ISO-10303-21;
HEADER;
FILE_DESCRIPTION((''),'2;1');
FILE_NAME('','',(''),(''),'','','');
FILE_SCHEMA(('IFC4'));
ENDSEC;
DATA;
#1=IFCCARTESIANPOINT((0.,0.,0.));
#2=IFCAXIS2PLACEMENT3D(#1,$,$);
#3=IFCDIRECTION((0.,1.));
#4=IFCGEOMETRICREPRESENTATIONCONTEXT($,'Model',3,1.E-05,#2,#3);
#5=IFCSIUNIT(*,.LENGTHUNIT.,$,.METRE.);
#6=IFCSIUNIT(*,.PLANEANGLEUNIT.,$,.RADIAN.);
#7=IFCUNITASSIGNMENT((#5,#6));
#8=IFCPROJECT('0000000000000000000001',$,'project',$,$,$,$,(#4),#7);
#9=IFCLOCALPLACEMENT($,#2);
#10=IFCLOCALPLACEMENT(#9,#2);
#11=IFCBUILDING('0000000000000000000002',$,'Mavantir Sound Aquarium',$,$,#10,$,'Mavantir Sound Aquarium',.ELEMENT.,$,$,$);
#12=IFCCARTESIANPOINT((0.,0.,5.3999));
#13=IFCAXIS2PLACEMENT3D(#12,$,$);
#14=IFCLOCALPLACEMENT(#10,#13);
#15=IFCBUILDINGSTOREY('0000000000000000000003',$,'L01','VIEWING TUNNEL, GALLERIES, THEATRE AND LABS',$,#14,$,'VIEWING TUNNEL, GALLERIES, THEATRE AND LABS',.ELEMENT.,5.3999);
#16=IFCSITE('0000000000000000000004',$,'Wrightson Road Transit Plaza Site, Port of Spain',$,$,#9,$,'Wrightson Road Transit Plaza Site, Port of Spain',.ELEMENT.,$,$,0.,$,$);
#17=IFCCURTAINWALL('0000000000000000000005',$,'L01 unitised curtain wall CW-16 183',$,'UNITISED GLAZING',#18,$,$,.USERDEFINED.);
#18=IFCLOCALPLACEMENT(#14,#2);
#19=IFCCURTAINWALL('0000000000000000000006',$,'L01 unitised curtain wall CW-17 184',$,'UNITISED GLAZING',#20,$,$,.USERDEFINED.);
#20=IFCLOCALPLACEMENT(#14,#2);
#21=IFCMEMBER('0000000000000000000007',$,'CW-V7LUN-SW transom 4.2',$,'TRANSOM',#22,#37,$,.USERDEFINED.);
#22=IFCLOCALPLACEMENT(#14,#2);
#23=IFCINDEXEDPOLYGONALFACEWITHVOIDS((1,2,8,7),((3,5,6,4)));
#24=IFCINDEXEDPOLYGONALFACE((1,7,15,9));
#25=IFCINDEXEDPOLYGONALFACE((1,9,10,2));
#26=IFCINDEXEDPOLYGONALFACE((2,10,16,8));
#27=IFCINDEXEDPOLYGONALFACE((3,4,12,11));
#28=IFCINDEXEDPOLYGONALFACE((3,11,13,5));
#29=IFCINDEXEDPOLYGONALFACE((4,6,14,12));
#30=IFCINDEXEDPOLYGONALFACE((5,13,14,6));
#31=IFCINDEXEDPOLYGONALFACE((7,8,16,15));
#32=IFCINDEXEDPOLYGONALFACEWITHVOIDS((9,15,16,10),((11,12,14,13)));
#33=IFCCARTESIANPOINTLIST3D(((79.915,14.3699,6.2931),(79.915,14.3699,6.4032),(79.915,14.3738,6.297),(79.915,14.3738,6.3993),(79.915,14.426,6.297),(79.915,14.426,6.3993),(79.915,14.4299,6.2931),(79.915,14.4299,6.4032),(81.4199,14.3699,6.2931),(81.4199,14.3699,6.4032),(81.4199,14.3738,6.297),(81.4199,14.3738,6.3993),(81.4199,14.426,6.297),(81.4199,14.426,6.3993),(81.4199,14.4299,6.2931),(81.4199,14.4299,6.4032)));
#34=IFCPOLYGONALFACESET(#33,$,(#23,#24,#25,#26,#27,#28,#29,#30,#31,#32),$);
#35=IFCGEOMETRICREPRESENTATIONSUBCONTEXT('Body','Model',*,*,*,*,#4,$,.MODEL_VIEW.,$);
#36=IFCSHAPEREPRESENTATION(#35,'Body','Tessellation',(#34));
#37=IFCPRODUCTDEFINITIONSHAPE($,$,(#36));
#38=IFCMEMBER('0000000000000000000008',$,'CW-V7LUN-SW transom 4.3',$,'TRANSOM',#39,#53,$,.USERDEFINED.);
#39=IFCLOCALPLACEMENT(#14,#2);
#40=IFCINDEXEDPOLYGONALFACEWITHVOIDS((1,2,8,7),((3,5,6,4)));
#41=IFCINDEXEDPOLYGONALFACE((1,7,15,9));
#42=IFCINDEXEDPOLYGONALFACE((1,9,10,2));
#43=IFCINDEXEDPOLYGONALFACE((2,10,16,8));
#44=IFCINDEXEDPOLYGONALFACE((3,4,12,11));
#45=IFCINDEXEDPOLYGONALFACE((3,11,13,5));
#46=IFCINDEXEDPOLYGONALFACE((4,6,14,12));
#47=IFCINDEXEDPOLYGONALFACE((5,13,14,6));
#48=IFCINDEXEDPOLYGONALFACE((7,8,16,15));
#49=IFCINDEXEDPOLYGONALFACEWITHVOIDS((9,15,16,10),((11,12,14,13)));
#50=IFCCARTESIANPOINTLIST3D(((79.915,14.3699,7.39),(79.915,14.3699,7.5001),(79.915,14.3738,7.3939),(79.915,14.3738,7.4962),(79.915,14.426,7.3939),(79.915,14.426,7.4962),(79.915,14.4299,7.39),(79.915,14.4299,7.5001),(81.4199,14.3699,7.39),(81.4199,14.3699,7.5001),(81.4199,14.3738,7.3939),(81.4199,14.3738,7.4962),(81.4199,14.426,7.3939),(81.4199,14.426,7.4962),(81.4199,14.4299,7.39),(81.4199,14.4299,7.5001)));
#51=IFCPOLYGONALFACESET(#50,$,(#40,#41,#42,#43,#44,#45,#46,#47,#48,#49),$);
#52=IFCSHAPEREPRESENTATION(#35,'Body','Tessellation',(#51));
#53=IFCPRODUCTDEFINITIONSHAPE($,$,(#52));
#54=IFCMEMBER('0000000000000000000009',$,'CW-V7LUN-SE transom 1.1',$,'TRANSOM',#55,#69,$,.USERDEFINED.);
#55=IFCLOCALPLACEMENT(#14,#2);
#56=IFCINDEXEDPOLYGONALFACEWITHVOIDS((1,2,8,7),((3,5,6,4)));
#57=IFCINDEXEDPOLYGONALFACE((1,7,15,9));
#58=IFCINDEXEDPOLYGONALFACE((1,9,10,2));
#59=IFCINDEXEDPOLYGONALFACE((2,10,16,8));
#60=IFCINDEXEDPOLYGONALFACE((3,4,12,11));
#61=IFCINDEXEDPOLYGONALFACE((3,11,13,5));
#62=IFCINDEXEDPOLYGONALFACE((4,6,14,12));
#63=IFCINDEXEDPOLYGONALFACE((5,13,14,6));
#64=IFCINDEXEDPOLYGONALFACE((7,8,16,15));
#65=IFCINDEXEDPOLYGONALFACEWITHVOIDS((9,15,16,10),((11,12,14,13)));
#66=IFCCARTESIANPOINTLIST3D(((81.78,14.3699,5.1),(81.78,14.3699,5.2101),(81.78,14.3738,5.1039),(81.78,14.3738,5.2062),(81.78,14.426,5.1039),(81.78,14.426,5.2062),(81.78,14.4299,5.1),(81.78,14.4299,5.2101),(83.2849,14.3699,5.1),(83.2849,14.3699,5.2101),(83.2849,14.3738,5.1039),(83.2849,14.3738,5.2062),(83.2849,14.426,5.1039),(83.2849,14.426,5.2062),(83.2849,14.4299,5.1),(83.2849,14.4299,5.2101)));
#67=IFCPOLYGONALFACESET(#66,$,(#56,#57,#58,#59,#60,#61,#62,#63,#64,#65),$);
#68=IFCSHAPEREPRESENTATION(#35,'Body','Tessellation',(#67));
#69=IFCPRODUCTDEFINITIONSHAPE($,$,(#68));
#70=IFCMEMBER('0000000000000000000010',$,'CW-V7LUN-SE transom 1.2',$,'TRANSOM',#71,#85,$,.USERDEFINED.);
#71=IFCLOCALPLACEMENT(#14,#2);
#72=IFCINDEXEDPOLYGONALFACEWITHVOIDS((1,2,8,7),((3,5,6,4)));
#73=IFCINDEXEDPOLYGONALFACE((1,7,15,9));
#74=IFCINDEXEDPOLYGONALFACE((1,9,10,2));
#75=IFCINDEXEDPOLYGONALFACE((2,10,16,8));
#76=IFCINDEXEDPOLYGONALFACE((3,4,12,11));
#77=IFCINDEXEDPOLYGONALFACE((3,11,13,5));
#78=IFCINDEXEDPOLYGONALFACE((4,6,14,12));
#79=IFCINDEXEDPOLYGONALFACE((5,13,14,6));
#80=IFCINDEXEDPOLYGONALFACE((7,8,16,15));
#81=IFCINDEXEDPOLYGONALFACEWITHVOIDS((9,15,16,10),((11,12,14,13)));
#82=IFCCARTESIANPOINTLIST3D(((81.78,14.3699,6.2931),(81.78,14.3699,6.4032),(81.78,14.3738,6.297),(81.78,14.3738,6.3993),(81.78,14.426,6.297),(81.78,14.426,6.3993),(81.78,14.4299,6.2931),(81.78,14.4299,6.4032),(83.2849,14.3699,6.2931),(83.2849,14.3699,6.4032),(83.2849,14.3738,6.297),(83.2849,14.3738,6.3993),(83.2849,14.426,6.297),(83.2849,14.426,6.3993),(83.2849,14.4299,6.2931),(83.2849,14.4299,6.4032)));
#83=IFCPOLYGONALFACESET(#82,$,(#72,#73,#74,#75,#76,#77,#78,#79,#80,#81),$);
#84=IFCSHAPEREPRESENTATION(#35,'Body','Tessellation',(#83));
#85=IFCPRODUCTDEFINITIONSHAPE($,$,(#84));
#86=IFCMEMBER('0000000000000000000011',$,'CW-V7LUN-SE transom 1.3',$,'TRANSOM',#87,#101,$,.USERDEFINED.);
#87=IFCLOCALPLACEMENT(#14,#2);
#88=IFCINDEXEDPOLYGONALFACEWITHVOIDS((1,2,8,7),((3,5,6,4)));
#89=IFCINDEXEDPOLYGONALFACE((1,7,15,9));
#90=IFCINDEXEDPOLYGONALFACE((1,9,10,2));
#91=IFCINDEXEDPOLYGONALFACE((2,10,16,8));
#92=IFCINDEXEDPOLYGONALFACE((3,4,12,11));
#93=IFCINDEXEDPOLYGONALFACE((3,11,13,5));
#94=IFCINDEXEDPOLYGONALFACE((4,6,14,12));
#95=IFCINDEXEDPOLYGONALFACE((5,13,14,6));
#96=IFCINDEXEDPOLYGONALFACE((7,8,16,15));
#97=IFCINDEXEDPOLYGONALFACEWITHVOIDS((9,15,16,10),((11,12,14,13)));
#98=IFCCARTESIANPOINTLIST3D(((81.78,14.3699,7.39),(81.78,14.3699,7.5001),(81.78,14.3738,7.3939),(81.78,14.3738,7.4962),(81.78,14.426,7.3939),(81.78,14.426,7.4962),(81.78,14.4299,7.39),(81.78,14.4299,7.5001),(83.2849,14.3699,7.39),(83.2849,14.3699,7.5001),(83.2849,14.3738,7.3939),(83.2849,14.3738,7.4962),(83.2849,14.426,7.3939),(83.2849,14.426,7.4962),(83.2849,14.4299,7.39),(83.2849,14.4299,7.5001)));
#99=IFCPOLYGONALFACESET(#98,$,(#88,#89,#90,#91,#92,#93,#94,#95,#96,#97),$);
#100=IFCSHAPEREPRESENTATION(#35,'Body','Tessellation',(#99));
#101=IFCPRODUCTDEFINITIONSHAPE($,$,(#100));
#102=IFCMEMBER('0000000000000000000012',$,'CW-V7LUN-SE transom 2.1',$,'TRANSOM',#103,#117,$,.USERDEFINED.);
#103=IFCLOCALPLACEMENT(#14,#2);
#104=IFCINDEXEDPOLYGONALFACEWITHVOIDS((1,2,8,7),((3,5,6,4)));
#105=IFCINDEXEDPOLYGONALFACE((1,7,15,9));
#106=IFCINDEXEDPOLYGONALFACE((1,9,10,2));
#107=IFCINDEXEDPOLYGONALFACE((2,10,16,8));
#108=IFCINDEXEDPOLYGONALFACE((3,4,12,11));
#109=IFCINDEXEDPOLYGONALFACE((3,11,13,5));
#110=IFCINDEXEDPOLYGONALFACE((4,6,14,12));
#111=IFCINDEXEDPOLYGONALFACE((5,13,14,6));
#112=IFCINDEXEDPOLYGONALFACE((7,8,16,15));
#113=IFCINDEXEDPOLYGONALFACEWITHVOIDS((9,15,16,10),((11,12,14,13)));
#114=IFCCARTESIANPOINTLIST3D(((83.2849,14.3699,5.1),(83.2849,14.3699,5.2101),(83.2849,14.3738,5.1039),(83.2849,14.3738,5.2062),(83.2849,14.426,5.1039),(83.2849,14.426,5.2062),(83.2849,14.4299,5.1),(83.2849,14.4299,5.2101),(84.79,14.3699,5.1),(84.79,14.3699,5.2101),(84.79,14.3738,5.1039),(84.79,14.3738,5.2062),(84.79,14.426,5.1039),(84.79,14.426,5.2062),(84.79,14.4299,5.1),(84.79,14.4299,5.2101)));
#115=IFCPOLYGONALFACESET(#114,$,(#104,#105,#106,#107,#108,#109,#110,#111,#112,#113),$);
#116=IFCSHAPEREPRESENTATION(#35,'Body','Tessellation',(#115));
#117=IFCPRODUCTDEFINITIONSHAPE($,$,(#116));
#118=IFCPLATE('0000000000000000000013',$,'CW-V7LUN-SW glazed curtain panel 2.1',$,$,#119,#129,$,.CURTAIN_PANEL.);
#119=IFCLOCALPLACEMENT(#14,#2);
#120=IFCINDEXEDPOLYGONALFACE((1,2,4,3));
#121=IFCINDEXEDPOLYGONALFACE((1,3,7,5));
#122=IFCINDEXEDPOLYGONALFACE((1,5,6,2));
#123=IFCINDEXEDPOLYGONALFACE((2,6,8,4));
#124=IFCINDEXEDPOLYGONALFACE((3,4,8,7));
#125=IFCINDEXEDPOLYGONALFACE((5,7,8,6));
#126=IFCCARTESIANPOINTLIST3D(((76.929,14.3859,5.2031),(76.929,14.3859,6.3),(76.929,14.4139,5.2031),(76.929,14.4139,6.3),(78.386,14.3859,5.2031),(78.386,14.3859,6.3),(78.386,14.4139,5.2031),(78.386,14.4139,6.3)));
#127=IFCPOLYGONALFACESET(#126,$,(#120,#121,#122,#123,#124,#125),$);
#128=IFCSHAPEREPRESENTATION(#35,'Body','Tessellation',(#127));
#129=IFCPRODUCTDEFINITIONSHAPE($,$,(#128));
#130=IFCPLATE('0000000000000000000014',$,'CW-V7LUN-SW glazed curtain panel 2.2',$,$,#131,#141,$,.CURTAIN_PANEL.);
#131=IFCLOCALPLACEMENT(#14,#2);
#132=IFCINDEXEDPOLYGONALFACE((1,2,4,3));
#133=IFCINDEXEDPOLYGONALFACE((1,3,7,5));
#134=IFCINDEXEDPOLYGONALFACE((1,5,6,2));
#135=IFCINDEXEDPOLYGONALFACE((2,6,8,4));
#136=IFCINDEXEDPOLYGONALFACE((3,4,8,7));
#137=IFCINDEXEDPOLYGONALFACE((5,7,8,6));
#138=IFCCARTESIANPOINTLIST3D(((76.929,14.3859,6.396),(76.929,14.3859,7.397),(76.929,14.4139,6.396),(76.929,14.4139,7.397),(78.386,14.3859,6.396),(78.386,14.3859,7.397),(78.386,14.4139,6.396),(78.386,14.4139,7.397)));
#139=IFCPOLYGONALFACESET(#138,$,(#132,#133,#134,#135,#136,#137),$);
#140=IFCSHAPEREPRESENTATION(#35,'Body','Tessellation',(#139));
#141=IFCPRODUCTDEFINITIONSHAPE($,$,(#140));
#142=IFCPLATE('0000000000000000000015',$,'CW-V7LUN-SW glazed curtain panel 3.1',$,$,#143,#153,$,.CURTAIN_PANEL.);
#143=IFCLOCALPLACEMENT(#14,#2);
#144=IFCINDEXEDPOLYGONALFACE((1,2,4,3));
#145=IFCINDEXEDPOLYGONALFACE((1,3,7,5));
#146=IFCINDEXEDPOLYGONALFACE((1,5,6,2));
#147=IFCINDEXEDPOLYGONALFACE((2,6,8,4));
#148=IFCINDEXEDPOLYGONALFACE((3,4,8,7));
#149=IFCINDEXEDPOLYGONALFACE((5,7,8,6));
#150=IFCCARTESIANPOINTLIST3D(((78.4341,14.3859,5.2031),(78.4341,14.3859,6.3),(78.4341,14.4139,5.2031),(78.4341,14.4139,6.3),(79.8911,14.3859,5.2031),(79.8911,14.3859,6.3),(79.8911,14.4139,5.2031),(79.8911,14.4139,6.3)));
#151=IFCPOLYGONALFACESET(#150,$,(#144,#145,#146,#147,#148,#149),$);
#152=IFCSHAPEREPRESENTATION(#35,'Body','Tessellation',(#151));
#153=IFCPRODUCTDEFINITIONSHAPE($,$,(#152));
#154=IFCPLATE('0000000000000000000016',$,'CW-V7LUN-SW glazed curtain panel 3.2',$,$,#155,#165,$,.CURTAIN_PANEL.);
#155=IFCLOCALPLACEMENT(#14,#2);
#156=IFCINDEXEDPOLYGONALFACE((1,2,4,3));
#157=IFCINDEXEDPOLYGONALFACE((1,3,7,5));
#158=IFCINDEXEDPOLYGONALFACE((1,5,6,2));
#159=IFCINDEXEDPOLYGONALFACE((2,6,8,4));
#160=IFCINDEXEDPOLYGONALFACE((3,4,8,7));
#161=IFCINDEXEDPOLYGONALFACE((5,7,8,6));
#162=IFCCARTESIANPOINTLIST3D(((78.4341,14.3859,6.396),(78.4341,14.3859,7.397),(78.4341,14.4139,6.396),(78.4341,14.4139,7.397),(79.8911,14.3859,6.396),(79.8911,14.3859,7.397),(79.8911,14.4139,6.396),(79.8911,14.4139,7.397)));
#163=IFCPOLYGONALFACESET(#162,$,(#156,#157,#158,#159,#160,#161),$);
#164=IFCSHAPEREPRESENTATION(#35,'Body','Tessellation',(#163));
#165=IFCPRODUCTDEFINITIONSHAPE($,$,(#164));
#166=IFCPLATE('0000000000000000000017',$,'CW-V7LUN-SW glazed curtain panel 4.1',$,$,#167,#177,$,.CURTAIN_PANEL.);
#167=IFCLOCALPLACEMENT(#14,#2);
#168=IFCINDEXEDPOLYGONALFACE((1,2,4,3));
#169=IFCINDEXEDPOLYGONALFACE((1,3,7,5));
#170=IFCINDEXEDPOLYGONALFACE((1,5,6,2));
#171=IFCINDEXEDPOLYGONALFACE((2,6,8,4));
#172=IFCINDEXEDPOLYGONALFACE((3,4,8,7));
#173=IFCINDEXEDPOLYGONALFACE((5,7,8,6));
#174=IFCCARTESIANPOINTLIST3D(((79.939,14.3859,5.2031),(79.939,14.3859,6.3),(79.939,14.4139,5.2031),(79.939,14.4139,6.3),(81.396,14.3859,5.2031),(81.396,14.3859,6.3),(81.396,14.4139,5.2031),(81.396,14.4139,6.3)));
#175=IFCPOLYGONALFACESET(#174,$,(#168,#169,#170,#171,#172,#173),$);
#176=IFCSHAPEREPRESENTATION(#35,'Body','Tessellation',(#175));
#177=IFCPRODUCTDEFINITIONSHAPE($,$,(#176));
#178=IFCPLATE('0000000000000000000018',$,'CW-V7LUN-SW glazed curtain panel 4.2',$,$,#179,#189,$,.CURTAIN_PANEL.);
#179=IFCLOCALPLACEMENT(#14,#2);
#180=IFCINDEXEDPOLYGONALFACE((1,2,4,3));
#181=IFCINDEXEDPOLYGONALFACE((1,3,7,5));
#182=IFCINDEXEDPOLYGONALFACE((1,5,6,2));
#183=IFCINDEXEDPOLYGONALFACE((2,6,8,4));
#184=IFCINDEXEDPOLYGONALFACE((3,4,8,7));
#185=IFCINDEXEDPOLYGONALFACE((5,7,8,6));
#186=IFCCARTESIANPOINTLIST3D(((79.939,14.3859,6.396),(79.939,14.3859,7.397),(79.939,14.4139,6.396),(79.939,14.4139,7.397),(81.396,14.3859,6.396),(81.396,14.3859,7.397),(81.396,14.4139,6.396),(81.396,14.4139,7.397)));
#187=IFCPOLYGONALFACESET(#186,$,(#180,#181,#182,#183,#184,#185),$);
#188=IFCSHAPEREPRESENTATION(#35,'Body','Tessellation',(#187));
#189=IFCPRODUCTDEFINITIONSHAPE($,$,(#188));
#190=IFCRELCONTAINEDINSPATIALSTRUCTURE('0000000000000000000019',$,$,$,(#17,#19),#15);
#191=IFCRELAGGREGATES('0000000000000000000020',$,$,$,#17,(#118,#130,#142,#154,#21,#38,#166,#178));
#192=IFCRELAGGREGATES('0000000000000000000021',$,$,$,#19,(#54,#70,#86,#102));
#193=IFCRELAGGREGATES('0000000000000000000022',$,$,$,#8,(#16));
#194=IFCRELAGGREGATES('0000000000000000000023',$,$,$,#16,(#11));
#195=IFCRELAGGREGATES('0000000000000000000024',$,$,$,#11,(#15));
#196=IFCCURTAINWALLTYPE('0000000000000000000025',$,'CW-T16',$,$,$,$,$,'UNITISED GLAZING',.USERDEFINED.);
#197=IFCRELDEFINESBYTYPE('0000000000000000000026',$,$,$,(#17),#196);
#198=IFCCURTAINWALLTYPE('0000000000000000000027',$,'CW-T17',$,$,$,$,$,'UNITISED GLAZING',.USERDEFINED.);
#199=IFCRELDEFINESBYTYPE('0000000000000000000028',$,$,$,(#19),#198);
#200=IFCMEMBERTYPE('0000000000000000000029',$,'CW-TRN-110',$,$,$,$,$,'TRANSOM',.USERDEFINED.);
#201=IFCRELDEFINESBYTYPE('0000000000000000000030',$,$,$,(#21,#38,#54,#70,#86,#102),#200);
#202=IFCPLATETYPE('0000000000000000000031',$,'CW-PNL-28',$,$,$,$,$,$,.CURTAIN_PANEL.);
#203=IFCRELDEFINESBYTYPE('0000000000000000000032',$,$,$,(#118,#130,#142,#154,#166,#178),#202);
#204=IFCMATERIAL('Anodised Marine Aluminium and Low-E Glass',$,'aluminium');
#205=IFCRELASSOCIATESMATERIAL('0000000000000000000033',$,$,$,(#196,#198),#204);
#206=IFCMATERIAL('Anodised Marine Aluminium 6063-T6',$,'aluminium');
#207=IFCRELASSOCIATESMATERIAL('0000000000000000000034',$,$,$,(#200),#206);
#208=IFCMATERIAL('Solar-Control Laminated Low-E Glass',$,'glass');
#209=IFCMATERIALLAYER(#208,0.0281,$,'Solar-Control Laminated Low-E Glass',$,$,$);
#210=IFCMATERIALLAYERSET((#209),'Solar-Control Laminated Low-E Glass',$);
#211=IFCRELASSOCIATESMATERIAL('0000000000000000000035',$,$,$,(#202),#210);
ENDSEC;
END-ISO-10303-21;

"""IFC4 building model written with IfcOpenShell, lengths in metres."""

from ifc_helpers import new_model, si_unit, direction, frame, origin, origin_2d, place, context, subcontext, project, spatial, rectangle, hollow_rectangle, extrude, material, layer, layer_set, material_profile, profile_set, type_object, element, aggregate, save


model = new_model("IFC4")

# Units and contexts
model_context = context("Model", 3, precision=1e-05, world=origin(), true_north=direction((0.0, 1.0)))
body_context = subcontext(model_context, "Body", "Model", "MODEL_VIEW")
ifc_project = project(units=[si_unit("LENGTHUNIT", "METRE"), si_unit("PLANEANGLEUNIT", "RADIAN")], contexts=[model_context])

# Site, building, storey
site_placement = place(None, origin())
site = spatial("IfcSite", under=ifc_project, at=site_placement, Name="Wrightson Road Transit Plaza Site, Port of Spain", LongName="Wrightson Road Transit Plaza Site, Port of Spain", CompositionType="ELEMENT", RefElevation=0.0)
building_placement = place(site_placement, origin())
building = spatial("IfcBuilding", under=site, at=building_placement, Name="Mavantir Sound Aquarium", LongName="Mavantir Sound Aquarium", CompositionType="ELEMENT")
storey_placement = place(building_placement, frame((0.0, 0.0, 5.3999)))
storey = spatial("IfcBuildingStorey", under=building, at=storey_placement, Name="L01", Description="VIEWING TUNNEL, GALLERIES, THEATRE AND LABS", LongName="VIEWING TUNNEL, GALLERIES, THEATRE AND LABS", CompositionType="ELEMENT", Elevation=5.3999)

# Curtain walls
ifc_material_1 = material(Name="Anodised Marine Aluminium and Low-E Glass", Category="aluminium")
curtain_wall_type_1 = type_object("IfcCurtainWallType", Name="CW-T16", ElementType="UNITISED GLAZING", PredefinedType="USERDEFINED", material=ifc_material_1)
curtain_wall_1_placement = place(storey_placement, origin())
curtain_wall_1 = element("IfcCurtainWall", 1, at=curtain_wall_1_placement, inside=storey, type_object=curtain_wall_type_1, Name="L01 unitised curtain wall CW-16 183", ObjectType="UNITISED GLAZING", PredefinedType="USERDEFINED")
ifc_material_2 = material(Name="Anodised Marine Aluminium 6063-T6", Category="aluminium")
curtain_wall_type_2 = type_object("IfcCurtainWallType", Name="CW-T17", ElementType="UNITISED GLAZING", PredefinedType="USERDEFINED", material=ifc_material_1)
curtain_wall_2_placement = place(storey_placement, origin())
curtain_wall_2 = element("IfcCurtainWall", 2, at=curtain_wall_2_placement, inside=storey, type_object=curtain_wall_type_2, Name="L01 unitised curtain wall CW-17 184", ObjectType="UNITISED GLAZING", PredefinedType="USERDEFINED")

# Members
ifc_material_profile_1 = material_profile(ifc_material_2, hollow_rectangle(XDim=0.0601, YDim=0.1101, WallThickness=0.0039, at=origin_2d()), Name="ALU-TRANSOM-110X60")
ifc_profile_set_1 = profile_set([ifc_material_profile_1], Name="Anodised Marine Aluminium 6063-T6")
member_type_1 = type_object("IfcMemberType", Name="CW-TRN-110", ElementType="TRANSOM", PredefinedType="USERDEFINED", material=ifc_profile_set_1)
member_1_placement = place(storey_placement, frame((79.915, 14.3999, 6.3481), z_axis=(1.0, 0.0, 0.0), x_axis=(0.0, 1.0, 0.0)))
member_1 = element("IfcMember", 3, at=member_1_placement, type_object=member_type_1, Name="CW-V7LUN-SW transom 4.2", ObjectType="TRANSOM", PredefinedType="USERDEFINED", context=body_context, shape_type="SweptSolid", body=[
    extrude(hollow_rectangle(XDim=0.0601, YDim=0.1101, WallThickness=0.0039, at=origin_2d()), origin(), (0.0, 0.0, 1.0), 1.5049),
])
member_2_placement = place(storey_placement, frame((79.915, 14.3999, 7.4451), z_axis=(1.0, 0.0, 0.0), x_axis=(0.0, 1.0, 0.0)))
member_2 = element("IfcMember", 4, at=member_2_placement, type_object=member_type_1, Name="CW-V7LUN-SW transom 4.3", ObjectType="TRANSOM", PredefinedType="USERDEFINED", context=body_context, shape_type="SweptSolid", body=[
    extrude(hollow_rectangle(XDim=0.0601, YDim=0.1101, WallThickness=0.0039, at=origin_2d()), origin(), (0.0, 0.0, 1.0), 1.5049),
])
member_3_placement = place(storey_placement, frame((81.78, 14.3999, 5.155), z_axis=(1.0, 0.0, 0.0), x_axis=(0.0, 1.0, 0.0)))
member_3 = element("IfcMember", 5, at=member_3_placement, type_object=member_type_1, Name="CW-V7LUN-SE transom 1.1", ObjectType="TRANSOM", PredefinedType="USERDEFINED", context=body_context, shape_type="SweptSolid", body=[
    extrude(hollow_rectangle(XDim=0.0601, YDim=0.1101, WallThickness=0.0039, at=origin_2d()), origin(), (0.0, 0.0, 1.0), 1.5049),
])
member_4_placement = place(storey_placement, frame((81.78, 14.3999, 6.3481), z_axis=(1.0, 0.0, 0.0), x_axis=(0.0, 1.0, 0.0)))
member_4 = element("IfcMember", 6, at=member_4_placement, type_object=member_type_1, Name="CW-V7LUN-SE transom 1.2", ObjectType="TRANSOM", PredefinedType="USERDEFINED", context=body_context, shape_type="SweptSolid", body=[
    extrude(hollow_rectangle(XDim=0.0601, YDim=0.1101, WallThickness=0.0039, at=origin_2d()), origin(), (0.0, 0.0, 1.0), 1.5049),
])
member_5_placement = place(storey_placement, frame((81.78, 14.3999, 7.4451), z_axis=(1.0, 0.0, 0.0), x_axis=(0.0, 1.0, 0.0)))
member_5 = element("IfcMember", 7, at=member_5_placement, type_object=member_type_1, Name="CW-V7LUN-SE transom 1.3", ObjectType="TRANSOM", PredefinedType="USERDEFINED", context=body_context, shape_type="SweptSolid", body=[
    extrude(hollow_rectangle(XDim=0.0601, YDim=0.1101, WallThickness=0.0039, at=origin_2d()), origin(), (0.0, 0.0, 1.0), 1.5049),
])
member_6_placement = place(storey_placement, frame((83.2849, 14.3999, 5.155), z_axis=(1.0, 0.0, 0.0), x_axis=(0.0, 1.0, 0.0)))
member_6 = element("IfcMember", 8, at=member_6_placement, type_object=member_type_1, Name="CW-V7LUN-SE transom 2.1", ObjectType="TRANSOM", PredefinedType="USERDEFINED", context=body_context, shape_type="SweptSolid", body=[
    extrude(hollow_rectangle(XDim=0.0601, YDim=0.1101, WallThickness=0.0039, at=origin_2d()), origin(), (0.0, 0.0, 1.0), 1.5051),
])

# Plates
ifc_material_3 = material(Name="Solar-Control Laminated Low-E Glass", Category="glass")
ifc_layer_1 = layer(ifc_material_3, 0.0281, Name="Solar-Control Laminated Low-E Glass")
ifc_layer_set_1 = layer_set([ifc_layer_1], Name="Solar-Control Laminated Low-E Glass")
plate_type_1 = type_object("IfcPlateType", Name="CW-PNL-28", PredefinedType="CURTAIN_PANEL", material=ifc_layer_set_1)
plate_1_placement = place(storey_placement, frame((77.6575, 14.3999, 5.2031), z_axis=(0.0, 0.0, 1.0), x_axis=(1.0, 0.0, 0.0)))
plate_1 = element("IfcPlate", 9, at=plate_1_placement, type_object=plate_type_1, Name="CW-V7LUN-SW glazed curtain panel 2.1", PredefinedType="CURTAIN_PANEL", context=body_context, shape_type="SweptSolid", body=[
    extrude(rectangle(XDim=1.457, YDim=0.0281, at=origin_2d()), origin(), (0.0, 0.0, 1.0), 1.0969),
])
plate_2_placement = place(storey_placement, frame((77.6575, 14.3999, 6.396), z_axis=(0.0, 0.0, 1.0), x_axis=(1.0, 0.0, 0.0)))
plate_2 = element("IfcPlate", 10, at=plate_2_placement, type_object=plate_type_1, Name="CW-V7LUN-SW glazed curtain panel 2.2", PredefinedType="CURTAIN_PANEL", context=body_context, shape_type="SweptSolid", body=[
    extrude(rectangle(XDim=1.457, YDim=0.0281, at=origin_2d()), origin(), (0.0, 0.0, 1.0), 1.001),
])
plate_3_placement = place(storey_placement, frame((79.1626, 14.3999, 5.2031), z_axis=(0.0, 0.0, 1.0), x_axis=(1.0, 0.0, 0.0)))
plate_3 = element("IfcPlate", 11, at=plate_3_placement, type_object=plate_type_1, Name="CW-V7LUN-SW glazed curtain panel 3.1", PredefinedType="CURTAIN_PANEL", context=body_context, shape_type="SweptSolid", body=[
    extrude(rectangle(XDim=1.457, YDim=0.0281, at=origin_2d()), origin(), (0.0, 0.0, 1.0), 1.0969),
])
plate_4_placement = place(storey_placement, frame((79.1626, 14.3999, 6.396), z_axis=(0.0, 0.0, 1.0), x_axis=(1.0, 0.0, 0.0)))
plate_4 = element("IfcPlate", 12, at=plate_4_placement, type_object=plate_type_1, Name="CW-V7LUN-SW glazed curtain panel 3.2", PredefinedType="CURTAIN_PANEL", context=body_context, shape_type="SweptSolid", body=[
    extrude(rectangle(XDim=1.457, YDim=0.0281, at=origin_2d()), origin(), (0.0, 0.0, 1.0), 1.001),
])
plate_5_placement = place(storey_placement, frame((80.6675, 14.3999, 5.2031), z_axis=(0.0, 0.0, 1.0), x_axis=(1.0, 0.0, 0.0)))
plate_5 = element("IfcPlate", 13, at=plate_5_placement, type_object=plate_type_1, Name="CW-V7LUN-SW glazed curtain panel 4.1", PredefinedType="CURTAIN_PANEL", context=body_context, shape_type="SweptSolid", body=[
    extrude(rectangle(XDim=1.457, YDim=0.0281, at=origin_2d()), origin(), (0.0, 0.0, 1.0), 1.0969),
])
plate_6_placement = place(storey_placement, frame((80.6675, 14.3999, 6.396), z_axis=(0.0, 0.0, 1.0), x_axis=(1.0, 0.0, 0.0)))
plate_6 = element("IfcPlate", 14, at=plate_6_placement, type_object=plate_type_1, Name="CW-V7LUN-SW glazed curtain panel 4.2", PredefinedType="CURTAIN_PANEL", context=body_context, shape_type="SweptSolid", body=[
    extrude(rectangle(XDim=1.457, YDim=0.0281, at=origin_2d()), origin(), (0.0, 0.0, 1.0), 1.001),
])
aggregate(curtain_wall_1, [plate_1, plate_2, plate_3, plate_4, member_1, member_2, plate_5, plate_6])
aggregate(curtain_wall_2, [member_3, member_4, member_5, member_6])

save(model, "model.ifc")
